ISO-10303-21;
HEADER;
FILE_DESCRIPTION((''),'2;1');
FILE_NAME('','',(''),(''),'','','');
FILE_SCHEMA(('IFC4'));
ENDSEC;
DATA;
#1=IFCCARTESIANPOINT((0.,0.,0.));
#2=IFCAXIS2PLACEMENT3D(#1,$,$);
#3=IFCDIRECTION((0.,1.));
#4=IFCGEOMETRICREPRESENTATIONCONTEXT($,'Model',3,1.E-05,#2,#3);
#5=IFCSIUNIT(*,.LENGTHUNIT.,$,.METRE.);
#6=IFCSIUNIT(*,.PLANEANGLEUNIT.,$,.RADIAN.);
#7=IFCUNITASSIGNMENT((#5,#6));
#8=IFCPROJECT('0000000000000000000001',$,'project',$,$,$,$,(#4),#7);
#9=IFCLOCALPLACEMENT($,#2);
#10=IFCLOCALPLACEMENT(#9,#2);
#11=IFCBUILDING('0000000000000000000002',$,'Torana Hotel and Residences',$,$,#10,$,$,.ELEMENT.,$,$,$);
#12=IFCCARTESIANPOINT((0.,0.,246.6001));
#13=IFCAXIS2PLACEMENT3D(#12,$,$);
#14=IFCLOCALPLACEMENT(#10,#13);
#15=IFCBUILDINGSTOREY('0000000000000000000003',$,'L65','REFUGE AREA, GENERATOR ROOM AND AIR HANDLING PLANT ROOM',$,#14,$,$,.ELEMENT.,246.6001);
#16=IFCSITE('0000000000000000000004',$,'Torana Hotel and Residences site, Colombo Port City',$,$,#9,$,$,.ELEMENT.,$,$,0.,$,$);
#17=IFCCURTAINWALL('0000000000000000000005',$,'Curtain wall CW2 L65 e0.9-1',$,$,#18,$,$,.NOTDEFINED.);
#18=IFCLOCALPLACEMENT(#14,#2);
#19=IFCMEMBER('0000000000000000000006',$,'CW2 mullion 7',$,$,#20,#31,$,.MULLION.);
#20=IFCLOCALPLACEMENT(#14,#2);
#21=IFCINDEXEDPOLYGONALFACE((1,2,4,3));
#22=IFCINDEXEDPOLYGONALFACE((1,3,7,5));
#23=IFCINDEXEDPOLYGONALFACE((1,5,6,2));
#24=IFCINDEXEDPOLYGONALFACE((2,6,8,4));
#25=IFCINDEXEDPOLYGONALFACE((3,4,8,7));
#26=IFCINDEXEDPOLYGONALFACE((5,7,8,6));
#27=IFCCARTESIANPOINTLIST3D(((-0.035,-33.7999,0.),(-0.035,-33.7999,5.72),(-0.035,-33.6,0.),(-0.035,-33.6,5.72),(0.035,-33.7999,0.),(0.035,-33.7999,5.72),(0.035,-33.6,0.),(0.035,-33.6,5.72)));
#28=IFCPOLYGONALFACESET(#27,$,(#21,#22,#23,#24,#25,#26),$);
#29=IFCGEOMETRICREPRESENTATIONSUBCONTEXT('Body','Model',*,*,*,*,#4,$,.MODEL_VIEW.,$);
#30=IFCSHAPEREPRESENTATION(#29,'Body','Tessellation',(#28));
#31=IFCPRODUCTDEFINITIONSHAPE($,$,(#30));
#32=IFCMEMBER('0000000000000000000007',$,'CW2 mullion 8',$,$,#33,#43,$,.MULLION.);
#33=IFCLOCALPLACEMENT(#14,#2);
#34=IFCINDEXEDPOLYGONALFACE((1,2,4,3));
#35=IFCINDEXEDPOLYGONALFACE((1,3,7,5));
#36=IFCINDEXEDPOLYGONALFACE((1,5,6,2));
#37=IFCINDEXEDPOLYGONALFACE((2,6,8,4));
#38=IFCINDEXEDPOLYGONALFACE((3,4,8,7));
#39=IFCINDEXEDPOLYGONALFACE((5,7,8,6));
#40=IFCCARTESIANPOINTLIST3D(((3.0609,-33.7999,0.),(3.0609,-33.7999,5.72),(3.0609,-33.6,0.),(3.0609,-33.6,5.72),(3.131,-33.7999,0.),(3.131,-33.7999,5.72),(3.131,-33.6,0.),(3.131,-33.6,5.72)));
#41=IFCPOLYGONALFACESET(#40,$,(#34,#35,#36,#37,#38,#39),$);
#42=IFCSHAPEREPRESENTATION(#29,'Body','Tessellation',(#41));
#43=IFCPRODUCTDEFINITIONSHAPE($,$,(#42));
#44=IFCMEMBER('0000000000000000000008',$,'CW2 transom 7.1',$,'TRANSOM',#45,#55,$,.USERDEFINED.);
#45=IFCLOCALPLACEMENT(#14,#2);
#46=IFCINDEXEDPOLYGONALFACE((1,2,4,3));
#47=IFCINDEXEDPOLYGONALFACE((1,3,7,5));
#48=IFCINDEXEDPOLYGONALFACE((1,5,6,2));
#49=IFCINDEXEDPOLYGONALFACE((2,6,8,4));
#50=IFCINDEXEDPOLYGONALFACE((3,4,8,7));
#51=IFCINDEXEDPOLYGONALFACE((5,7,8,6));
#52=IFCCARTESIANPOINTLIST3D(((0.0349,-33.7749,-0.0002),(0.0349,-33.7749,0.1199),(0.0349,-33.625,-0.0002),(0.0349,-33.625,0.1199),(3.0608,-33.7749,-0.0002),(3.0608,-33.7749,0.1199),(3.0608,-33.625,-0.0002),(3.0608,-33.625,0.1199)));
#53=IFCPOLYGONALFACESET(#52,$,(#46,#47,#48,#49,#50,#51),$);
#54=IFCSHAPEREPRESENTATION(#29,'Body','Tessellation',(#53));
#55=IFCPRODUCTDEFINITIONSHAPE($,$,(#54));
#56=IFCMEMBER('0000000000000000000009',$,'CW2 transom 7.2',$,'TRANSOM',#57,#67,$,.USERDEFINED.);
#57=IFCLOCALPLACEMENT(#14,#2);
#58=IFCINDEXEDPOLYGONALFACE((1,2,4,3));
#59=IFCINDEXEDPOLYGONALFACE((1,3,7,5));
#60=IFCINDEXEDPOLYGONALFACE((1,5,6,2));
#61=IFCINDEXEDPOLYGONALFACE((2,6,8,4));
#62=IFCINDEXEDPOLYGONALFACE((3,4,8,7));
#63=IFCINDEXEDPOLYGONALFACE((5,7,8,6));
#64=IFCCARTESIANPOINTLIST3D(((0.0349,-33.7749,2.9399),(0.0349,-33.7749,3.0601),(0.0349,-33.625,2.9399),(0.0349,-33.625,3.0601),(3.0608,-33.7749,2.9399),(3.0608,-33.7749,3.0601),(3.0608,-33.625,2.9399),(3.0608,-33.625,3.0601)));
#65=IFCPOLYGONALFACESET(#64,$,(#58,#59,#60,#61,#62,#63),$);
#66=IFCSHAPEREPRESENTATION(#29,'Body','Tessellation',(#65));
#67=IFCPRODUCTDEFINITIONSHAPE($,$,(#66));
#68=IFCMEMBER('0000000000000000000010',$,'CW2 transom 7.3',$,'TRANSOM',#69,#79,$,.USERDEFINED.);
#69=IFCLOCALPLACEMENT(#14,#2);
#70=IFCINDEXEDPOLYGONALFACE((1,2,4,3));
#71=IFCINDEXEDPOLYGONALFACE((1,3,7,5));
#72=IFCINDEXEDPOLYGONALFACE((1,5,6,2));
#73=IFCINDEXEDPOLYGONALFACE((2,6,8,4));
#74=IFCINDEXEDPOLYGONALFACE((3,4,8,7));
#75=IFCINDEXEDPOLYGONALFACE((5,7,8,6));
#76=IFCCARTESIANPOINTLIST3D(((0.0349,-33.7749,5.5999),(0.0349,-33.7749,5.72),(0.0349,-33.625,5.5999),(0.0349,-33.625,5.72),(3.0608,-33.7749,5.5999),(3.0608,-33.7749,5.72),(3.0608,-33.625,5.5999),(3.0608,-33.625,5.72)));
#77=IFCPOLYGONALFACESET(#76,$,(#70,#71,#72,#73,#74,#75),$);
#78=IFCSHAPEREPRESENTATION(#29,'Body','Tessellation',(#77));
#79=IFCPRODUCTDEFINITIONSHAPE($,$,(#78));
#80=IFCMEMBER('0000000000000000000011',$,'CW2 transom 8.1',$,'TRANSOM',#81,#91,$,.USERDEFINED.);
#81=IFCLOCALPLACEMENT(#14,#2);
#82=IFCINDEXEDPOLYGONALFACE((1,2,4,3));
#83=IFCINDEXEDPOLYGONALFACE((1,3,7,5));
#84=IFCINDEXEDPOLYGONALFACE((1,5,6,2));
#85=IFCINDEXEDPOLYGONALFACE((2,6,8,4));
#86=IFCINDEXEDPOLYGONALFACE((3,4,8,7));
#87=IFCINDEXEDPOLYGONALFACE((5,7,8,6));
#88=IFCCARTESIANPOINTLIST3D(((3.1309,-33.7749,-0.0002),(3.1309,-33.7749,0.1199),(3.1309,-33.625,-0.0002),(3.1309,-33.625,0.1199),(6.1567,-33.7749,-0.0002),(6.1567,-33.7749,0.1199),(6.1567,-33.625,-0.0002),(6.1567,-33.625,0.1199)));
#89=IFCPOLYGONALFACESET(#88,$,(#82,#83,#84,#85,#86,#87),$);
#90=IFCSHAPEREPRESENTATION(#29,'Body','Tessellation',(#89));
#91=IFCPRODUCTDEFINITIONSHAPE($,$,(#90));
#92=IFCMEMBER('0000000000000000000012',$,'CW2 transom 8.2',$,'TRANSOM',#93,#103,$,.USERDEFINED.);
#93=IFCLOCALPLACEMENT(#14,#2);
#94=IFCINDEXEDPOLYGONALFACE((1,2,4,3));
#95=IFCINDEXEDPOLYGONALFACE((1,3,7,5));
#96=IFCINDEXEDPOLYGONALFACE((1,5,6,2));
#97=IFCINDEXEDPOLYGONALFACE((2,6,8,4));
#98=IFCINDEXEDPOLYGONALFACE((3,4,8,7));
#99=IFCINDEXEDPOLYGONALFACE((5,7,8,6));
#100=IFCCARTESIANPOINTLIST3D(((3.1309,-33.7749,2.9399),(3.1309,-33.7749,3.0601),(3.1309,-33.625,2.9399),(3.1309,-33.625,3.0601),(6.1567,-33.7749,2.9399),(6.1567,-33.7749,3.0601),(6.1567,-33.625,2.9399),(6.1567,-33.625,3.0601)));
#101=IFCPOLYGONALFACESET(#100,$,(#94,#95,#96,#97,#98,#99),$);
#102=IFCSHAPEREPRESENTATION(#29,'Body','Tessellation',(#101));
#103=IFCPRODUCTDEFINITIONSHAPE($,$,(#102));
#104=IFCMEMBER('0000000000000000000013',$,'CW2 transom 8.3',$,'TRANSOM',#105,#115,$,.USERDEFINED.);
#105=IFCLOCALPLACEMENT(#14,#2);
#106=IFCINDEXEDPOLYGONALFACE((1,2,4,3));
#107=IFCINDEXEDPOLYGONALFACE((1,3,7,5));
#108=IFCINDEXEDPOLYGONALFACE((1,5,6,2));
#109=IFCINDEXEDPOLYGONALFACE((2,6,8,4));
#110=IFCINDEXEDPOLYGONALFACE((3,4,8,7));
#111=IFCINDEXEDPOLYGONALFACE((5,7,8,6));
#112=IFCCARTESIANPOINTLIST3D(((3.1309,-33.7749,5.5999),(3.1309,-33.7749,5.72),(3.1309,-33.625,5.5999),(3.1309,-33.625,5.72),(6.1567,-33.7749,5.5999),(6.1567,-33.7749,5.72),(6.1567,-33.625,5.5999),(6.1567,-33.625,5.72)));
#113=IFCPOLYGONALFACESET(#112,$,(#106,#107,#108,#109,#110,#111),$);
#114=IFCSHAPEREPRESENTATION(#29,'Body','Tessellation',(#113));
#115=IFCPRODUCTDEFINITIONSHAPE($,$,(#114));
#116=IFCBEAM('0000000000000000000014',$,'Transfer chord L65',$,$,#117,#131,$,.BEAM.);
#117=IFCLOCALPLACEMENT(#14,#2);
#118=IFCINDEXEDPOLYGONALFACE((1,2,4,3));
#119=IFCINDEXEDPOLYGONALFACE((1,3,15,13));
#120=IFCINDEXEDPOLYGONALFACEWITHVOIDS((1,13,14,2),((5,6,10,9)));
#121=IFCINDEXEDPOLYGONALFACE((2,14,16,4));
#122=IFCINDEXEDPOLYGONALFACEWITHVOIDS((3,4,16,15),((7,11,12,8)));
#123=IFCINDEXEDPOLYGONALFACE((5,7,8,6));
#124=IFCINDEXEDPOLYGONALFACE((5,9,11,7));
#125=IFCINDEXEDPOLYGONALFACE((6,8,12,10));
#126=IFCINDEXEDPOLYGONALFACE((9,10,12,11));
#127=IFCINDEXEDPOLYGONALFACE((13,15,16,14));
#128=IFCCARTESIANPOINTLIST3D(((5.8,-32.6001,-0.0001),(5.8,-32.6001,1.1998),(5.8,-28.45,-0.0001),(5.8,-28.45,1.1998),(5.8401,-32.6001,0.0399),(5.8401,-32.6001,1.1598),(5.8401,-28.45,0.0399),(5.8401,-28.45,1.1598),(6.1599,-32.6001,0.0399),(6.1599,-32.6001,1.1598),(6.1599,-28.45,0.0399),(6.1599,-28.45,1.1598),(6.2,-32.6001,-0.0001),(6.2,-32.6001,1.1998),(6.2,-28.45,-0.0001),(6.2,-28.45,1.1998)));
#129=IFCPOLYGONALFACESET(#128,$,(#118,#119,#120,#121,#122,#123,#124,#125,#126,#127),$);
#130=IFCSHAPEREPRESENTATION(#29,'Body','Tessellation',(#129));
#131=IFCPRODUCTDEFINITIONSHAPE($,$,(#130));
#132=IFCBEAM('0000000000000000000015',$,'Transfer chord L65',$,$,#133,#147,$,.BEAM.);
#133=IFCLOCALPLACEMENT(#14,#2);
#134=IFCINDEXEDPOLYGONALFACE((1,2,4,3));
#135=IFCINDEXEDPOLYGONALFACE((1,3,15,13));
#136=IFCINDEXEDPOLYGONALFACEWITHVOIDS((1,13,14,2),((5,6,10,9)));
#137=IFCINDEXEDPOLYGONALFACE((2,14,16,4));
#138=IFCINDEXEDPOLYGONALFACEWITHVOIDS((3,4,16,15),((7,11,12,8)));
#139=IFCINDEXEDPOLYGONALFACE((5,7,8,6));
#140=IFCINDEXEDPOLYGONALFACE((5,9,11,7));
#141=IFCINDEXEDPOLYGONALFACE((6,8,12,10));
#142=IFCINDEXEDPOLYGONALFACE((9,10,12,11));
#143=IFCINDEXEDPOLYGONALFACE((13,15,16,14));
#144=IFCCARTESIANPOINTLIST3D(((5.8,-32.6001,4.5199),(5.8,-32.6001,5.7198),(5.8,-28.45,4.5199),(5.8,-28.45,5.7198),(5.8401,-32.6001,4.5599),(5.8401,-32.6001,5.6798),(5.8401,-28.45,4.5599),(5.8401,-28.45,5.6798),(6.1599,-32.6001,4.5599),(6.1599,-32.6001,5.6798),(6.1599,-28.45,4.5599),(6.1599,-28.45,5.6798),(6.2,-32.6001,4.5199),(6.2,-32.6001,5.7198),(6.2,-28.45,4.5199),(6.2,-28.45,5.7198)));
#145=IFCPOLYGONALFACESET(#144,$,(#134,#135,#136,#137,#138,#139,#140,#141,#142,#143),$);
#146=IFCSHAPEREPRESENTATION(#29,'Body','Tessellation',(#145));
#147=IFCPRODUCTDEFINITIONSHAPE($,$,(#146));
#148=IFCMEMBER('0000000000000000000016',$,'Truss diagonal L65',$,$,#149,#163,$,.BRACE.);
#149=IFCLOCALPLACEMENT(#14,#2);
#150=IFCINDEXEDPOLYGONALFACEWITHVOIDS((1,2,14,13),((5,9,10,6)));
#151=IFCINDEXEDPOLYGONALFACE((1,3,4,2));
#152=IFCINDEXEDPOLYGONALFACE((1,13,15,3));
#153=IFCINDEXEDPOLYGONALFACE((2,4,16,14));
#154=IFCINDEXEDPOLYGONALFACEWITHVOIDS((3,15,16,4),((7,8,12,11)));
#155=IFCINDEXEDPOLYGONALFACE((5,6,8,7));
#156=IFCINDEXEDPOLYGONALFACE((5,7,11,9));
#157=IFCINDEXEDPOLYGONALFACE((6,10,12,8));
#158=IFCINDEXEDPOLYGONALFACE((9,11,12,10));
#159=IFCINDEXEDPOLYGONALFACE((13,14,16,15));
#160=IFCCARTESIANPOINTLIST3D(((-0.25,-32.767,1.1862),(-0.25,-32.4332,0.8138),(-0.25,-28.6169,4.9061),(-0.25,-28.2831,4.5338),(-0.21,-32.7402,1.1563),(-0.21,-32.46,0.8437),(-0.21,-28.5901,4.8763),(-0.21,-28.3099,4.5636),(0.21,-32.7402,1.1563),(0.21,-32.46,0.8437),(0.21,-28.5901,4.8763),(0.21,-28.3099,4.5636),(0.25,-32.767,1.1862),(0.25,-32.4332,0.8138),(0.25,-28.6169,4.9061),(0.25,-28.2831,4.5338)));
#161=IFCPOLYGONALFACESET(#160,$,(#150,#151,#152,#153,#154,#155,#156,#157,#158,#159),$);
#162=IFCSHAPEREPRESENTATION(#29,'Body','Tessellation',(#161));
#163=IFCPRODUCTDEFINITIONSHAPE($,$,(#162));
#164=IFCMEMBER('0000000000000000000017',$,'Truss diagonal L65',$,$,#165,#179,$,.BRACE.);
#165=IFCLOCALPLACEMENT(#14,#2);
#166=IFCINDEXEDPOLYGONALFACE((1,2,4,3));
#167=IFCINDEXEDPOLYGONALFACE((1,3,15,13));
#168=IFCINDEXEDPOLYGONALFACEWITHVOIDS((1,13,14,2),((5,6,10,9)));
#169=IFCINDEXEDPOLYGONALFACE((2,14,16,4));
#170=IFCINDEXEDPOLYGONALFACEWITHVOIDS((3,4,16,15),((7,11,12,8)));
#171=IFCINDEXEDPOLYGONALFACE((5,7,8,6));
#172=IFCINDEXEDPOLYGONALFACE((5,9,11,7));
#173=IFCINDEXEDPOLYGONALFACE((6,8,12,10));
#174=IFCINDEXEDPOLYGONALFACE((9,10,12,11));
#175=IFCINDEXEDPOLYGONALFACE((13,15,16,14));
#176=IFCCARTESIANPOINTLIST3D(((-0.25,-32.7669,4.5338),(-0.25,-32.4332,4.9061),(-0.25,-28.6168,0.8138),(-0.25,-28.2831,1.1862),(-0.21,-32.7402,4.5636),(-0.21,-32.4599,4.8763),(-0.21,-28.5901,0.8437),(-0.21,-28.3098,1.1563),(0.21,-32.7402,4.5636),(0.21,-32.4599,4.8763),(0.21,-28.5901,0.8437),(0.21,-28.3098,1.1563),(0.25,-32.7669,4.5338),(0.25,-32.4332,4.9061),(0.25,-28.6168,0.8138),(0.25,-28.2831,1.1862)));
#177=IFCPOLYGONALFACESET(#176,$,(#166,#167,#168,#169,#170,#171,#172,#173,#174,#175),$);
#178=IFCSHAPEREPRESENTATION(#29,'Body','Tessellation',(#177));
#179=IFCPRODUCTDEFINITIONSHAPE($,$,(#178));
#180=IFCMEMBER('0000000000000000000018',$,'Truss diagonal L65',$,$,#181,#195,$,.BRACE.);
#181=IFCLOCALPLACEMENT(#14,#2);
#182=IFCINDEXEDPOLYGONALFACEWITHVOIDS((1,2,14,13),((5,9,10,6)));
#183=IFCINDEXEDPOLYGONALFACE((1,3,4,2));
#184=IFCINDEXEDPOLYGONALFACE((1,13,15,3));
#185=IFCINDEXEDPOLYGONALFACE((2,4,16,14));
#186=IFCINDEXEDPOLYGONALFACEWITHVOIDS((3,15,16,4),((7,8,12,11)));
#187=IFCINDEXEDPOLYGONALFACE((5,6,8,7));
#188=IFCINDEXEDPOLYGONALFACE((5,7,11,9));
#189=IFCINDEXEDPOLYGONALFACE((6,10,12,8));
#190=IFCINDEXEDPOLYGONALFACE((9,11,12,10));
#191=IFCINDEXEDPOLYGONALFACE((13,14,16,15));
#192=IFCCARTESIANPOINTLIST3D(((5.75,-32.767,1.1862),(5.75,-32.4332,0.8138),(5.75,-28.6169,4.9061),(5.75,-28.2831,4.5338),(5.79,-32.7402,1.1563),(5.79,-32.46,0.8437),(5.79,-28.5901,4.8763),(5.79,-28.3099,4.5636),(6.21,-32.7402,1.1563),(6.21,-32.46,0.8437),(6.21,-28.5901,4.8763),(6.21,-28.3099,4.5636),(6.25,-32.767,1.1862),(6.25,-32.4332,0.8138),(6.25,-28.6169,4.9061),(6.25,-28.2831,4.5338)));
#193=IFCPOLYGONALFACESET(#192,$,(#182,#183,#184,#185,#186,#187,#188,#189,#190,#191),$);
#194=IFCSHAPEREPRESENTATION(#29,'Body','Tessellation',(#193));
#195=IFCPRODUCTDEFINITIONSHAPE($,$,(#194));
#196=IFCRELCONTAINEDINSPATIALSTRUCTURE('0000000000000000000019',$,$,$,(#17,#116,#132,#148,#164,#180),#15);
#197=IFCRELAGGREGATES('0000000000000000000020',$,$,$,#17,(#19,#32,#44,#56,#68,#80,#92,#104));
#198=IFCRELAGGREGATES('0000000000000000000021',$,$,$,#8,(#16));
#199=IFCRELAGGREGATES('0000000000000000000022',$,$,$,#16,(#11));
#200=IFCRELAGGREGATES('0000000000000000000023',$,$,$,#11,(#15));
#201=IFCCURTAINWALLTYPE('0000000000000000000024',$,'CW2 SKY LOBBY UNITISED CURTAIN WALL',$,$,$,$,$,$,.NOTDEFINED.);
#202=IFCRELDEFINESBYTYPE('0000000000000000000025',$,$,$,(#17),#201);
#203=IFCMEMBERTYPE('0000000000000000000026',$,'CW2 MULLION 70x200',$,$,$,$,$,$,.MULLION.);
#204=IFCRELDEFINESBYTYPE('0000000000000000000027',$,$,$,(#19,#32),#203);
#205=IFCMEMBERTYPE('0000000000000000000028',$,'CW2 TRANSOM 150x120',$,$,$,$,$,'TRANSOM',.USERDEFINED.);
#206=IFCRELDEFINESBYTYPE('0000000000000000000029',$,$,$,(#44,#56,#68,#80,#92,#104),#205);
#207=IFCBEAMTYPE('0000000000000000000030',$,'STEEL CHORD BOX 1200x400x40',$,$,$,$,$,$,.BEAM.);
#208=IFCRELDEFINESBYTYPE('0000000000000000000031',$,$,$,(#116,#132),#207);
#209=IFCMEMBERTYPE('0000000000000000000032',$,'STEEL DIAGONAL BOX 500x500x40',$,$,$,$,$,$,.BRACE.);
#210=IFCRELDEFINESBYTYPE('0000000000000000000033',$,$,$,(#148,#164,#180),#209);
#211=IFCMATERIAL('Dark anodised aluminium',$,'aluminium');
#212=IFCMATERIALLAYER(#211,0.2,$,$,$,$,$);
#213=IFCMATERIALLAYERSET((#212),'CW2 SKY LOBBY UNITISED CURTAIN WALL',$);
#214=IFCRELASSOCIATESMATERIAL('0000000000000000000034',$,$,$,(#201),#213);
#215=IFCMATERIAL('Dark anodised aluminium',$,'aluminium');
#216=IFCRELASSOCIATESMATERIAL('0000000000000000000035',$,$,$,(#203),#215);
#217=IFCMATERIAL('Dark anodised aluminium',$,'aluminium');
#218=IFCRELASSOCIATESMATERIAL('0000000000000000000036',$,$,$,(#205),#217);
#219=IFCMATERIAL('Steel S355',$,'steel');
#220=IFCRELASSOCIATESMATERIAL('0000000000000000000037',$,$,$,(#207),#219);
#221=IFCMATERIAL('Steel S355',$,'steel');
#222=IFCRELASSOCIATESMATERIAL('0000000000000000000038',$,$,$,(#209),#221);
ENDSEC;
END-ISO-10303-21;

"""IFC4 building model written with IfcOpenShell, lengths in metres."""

from ifc_helpers import new_model, si_unit, direction, frame, origin, origin_2d, place, context, subcontext, project, spatial, rectangle, hollow_rectangle, extrude, material, layer, layer_set, material_profile, profile_set, type_object, element, aggregate, save


model = new_model("IFC4")

# Units and contexts
model_context = context("Model", 3, precision=1e-05, world=origin(), true_north=direction((0.0, 1.0)))
body_context = subcontext(model_context, "Body", "Model", "MODEL_VIEW")
ifc_project = project(units=[si_unit("LENGTHUNIT", "METRE"), si_unit("PLANEANGLEUNIT", "RADIAN")], contexts=[model_context])

# Site, building, storey
site_placement = place(None, origin())
site = spatial("IfcSite", under=ifc_project, at=site_placement, Name="Torana Hotel and Residences site, Colombo Port City", CompositionType="ELEMENT", RefElevation=0.0)
building_placement = place(site_placement, origin())
building = spatial("IfcBuilding", under=site, at=building_placement, Name="Torana Hotel and Residences", CompositionType="ELEMENT")
storey_placement = place(building_placement, frame((0.0, 0.0, 246.6001)))
storey = spatial("IfcBuildingStorey", under=building, at=storey_placement, Name="L65", Description="REFUGE AREA, GENERATOR ROOM AND AIR HANDLING PLANT ROOM", CompositionType="ELEMENT", Elevation=246.6001)

# Curtain wall, members
ifc_material_1 = material(Name="Dark anodised aluminium", Category="aluminium")
ifc_layer_1 = layer(ifc_material_1, 0.2)
ifc_layer_set_1 = layer_set([ifc_layer_1], Name="CW2 SKY LOBBY UNITISED CURTAIN WALL")
curtain_wall_type = type_object("IfcCurtainWallType", Name="CW2 SKY LOBBY UNITISED CURTAIN WALL", PredefinedType="NOTDEFINED", material=ifc_layer_set_1)
curtain_wall_placement = place(storey_placement, origin())
curtain_wall = element("IfcCurtainWall", 1, at=curtain_wall_placement, inside=storey, type_object=curtain_wall_type, Name="Curtain wall CW2 L65 e0.9-1", PredefinedType="NOTDEFINED")
ifc_material_2 = material(Name="Dark anodised aluminium", Category="aluminium")
ifc_material_profile_1 = material_profile(ifc_material_2, rectangle(XDim=0.2, YDim=0.0701, at=origin_2d()), Name="CW2 MULLION 70x200")
ifc_profile_set_1 = profile_set([ifc_material_profile_1], Name="Dark anodised aluminium")
member_type_1 = type_object("IfcMemberType", Name="CW2 MULLION 70x200", PredefinedType="MULLION", material=ifc_profile_set_1)
member_1_placement = place(storey_placement, frame((0.0, -33.7, 0.0), z_axis=(0.0, 0.0, 1.0), x_axis=(0.0, 1.0, 0.0)))
member_1 = element("IfcMember", 2, at=member_1_placement, type_object=member_type_1, Name="CW2 mullion 7", PredefinedType="MULLION", context=body_context, shape_type="SweptSolid", body=[
    extrude(rectangle(XDim=0.2, YDim=0.0701, at=origin_2d()), origin(), (0.0, 0.0, 1.0), 5.72),
])
member_2_placement = place(storey_placement, frame((3.0959, -33.7, 0.0), z_axis=(0.0, 0.0, 1.0), x_axis=(0.0, 1.0, 0.0)))
member_2 = element("IfcMember", 3, at=member_2_placement, type_object=member_type_1, Name="CW2 mullion 8", PredefinedType="MULLION", context=body_context, shape_type="SweptSolid", body=[
    extrude(rectangle(XDim=0.2, YDim=0.0701, at=origin_2d()), origin(), (0.0, 0.0, 1.0), 5.72),
])
ifc_material_3 = material(Name="Dark anodised aluminium", Category="aluminium")
ifc_material_profile_2 = material_profile(ifc_material_3, rectangle(XDim=0.1499, YDim=0.1201, at=origin_2d()), Name="CW2 TRANSOM 150x120")
ifc_profile_set_2 = profile_set([ifc_material_profile_2], Name="Dark anodised aluminium")
member_type_2 = type_object("IfcMemberType", Name="CW2 TRANSOM 150x120", ElementType="TRANSOM", PredefinedType="USERDEFINED", material=ifc_profile_set_2)
member_3_placement = place(storey_placement, frame((0.0349, -33.7, 0.0598), z_axis=(1.0, 0.0, 0.0), x_axis=(0.0, 1.0, 0.0)))
member_3 = element("IfcMember", 4, at=member_3_placement, type_object=member_type_2, Name="CW2 transom 7.1", ObjectType="TRANSOM", PredefinedType="USERDEFINED", context=body_context, shape_type="SweptSolid", body=[
    extrude(rectangle(XDim=0.1499, YDim=0.1201, at=origin_2d()), origin(), (0.0, 0.0, 1.0), 3.0259),
])
member_4_placement = place(storey_placement, frame((0.0349, -33.7, 3.0), z_axis=(1.0, 0.0, 0.0), x_axis=(0.0, 1.0, 0.0)))
member_4 = element("IfcMember", 5, at=member_4_placement, type_object=member_type_2, Name="CW2 transom 7.2", ObjectType="TRANSOM", PredefinedType="USERDEFINED", context=body_context, shape_type="SweptSolid", body=[
    extrude(rectangle(XDim=0.1499, YDim=0.1201, at=origin_2d()), origin(), (0.0, 0.0, 1.0), 3.0259),
])
member_5_placement = place(storey_placement, frame((0.0349, -33.7, 5.6599), z_axis=(1.0, 0.0, 0.0), x_axis=(0.0, 1.0, 0.0)))
member_5 = element("IfcMember", 6, at=member_5_placement, type_object=member_type_2, Name="CW2 transom 7.3", ObjectType="TRANSOM", PredefinedType="USERDEFINED", context=body_context, shape_type="SweptSolid", body=[
    extrude(rectangle(XDim=0.1499, YDim=0.1201, at=origin_2d()), origin(), (0.0, 0.0, 1.0), 3.0259),
])
member_6_placement = place(storey_placement, frame((3.1309, -33.7, 0.0598), z_axis=(1.0, 0.0, 0.0), x_axis=(0.0, 1.0, 0.0)))
member_6 = element("IfcMember", 7, at=member_6_placement, type_object=member_type_2, Name="CW2 transom 8.1", ObjectType="TRANSOM", PredefinedType="USERDEFINED", context=body_context, shape_type="SweptSolid", body=[
    extrude(rectangle(XDim=0.1499, YDim=0.1201, at=origin_2d()), origin(), (0.0, 0.0, 1.0), 3.0259),
])
member_7_placement = place(storey_placement, frame((3.1309, -33.7, 3.0), z_axis=(1.0, 0.0, 0.0), x_axis=(0.0, 1.0, 0.0)))
member_7 = element("IfcMember", 8, at=member_7_placement, type_object=member_type_2, Name="CW2 transom 8.2", ObjectType="TRANSOM", PredefinedType="USERDEFINED", context=body_context, shape_type="SweptSolid", body=[
    extrude(rectangle(XDim=0.1499, YDim=0.1201, at=origin_2d()), origin(), (0.0, 0.0, 1.0), 3.0259),
])
member_8_placement = place(storey_placement, frame((3.1309, -33.7, 5.6599), z_axis=(1.0, 0.0, 0.0), x_axis=(0.0, 1.0, 0.0)))
member_8 = element("IfcMember", 9, at=member_8_placement, type_object=member_type_2, Name="CW2 transom 8.3", ObjectType="TRANSOM", PredefinedType="USERDEFINED", context=body_context, shape_type="SweptSolid", body=[
    extrude(rectangle(XDim=0.1499, YDim=0.1201, at=origin_2d()), origin(), (0.0, 0.0, 1.0), 3.0259),
])

# Beams
ifc_material_4 = material(Name="Steel S355", Category="steel")
ifc_material_profile_3 = material_profile(ifc_material_4, hollow_rectangle(XDim=0.3999, YDim=1.2, WallThickness=0.04, at=origin_2d()), Name="BOX 1200x400x40")
ifc_profile_set_3 = profile_set([ifc_material_profile_3], Name="Steel S355")
beam_type = type_object("IfcBeamType", Name="STEEL CHORD BOX 1200x400x40", PredefinedType="BEAM", material=ifc_profile_set_3)
for number, where, z_axis, x_axis, name in (
    (10, (6.0, -32.6001, 0.5999), (0.0, 1.0, 0.0), (-1.0, 0.0, 0.0), "Transfer chord L65"),
    (11, (6.0, -32.6001, 5.1199), (0.0, 1.0, 0.0), (-1.0, 0.0, 0.0), "Transfer chord L65"),
):
    element("IfcBeam", number, at=place(storey_placement, frame(where, z_axis=z_axis, x_axis=x_axis)), inside=storey, type_object=beam_type, Name=name, PredefinedType="BEAM", context=body_context, shape_type="SweptSolid", body=[
        extrude(hollow_rectangle(XDim=0.3999, YDim=1.2, WallThickness=0.04, at=origin_2d()), origin(), (0.0, 0.0, 1.0), 4.1501),
    ])

# Members
ifc_material_5 = material(Name="Steel S355", Category="steel")
ifc_material_profile_4 = material_profile(ifc_material_5, hollow_rectangle(XDim=0.5, YDim=0.5, WallThickness=0.04, at=origin_2d()), Name="BOX 500x500x40")
ifc_profile_set_4 = profile_set([ifc_material_profile_4], Name="Steel S355")
member_type_3 = type_object("IfcMemberType", Name="STEEL DIAGONAL BOX 500x500x40", PredefinedType="BRACE", material=ifc_profile_set_4)
for number, where, z_axis, x_axis, name in (
    (12, (0.0, -32.6001, 1.0), (0.0, 0.744645, 0.66746), (-1.0, 0.0, 0.0), "Truss diagonal L65"),
    (13, (0.0, -28.45, 1.0), (0.0, -0.744645, 0.66746), (1.0, 0.0, 0.0), "Truss diagonal L65"),
    (14, (6.0, -32.6001, 1.0), (0.0, 0.744645, 0.66746), (-1.0, 0.0, 0.0), "Truss diagonal L65"),
):
    element("IfcMember", number, at=place(storey_placement, frame(where, z_axis=z_axis, x_axis=x_axis)), inside=storey, type_object=member_type_3, Name=name, PredefinedType="BRACE", context=body_context, shape_type="SweptSolid", body=[
        extrude(hollow_rectangle(XDim=0.5, YDim=0.5, WallThickness=0.04, at=origin_2d()), origin(), (0.0, 0.0, 1.0), 5.5732),
    ])

aggregate(curtain_wall, [member_1, member_2, member_3, member_4, member_5, member_6, member_7, member_8])

save(model, "model.ifc")
